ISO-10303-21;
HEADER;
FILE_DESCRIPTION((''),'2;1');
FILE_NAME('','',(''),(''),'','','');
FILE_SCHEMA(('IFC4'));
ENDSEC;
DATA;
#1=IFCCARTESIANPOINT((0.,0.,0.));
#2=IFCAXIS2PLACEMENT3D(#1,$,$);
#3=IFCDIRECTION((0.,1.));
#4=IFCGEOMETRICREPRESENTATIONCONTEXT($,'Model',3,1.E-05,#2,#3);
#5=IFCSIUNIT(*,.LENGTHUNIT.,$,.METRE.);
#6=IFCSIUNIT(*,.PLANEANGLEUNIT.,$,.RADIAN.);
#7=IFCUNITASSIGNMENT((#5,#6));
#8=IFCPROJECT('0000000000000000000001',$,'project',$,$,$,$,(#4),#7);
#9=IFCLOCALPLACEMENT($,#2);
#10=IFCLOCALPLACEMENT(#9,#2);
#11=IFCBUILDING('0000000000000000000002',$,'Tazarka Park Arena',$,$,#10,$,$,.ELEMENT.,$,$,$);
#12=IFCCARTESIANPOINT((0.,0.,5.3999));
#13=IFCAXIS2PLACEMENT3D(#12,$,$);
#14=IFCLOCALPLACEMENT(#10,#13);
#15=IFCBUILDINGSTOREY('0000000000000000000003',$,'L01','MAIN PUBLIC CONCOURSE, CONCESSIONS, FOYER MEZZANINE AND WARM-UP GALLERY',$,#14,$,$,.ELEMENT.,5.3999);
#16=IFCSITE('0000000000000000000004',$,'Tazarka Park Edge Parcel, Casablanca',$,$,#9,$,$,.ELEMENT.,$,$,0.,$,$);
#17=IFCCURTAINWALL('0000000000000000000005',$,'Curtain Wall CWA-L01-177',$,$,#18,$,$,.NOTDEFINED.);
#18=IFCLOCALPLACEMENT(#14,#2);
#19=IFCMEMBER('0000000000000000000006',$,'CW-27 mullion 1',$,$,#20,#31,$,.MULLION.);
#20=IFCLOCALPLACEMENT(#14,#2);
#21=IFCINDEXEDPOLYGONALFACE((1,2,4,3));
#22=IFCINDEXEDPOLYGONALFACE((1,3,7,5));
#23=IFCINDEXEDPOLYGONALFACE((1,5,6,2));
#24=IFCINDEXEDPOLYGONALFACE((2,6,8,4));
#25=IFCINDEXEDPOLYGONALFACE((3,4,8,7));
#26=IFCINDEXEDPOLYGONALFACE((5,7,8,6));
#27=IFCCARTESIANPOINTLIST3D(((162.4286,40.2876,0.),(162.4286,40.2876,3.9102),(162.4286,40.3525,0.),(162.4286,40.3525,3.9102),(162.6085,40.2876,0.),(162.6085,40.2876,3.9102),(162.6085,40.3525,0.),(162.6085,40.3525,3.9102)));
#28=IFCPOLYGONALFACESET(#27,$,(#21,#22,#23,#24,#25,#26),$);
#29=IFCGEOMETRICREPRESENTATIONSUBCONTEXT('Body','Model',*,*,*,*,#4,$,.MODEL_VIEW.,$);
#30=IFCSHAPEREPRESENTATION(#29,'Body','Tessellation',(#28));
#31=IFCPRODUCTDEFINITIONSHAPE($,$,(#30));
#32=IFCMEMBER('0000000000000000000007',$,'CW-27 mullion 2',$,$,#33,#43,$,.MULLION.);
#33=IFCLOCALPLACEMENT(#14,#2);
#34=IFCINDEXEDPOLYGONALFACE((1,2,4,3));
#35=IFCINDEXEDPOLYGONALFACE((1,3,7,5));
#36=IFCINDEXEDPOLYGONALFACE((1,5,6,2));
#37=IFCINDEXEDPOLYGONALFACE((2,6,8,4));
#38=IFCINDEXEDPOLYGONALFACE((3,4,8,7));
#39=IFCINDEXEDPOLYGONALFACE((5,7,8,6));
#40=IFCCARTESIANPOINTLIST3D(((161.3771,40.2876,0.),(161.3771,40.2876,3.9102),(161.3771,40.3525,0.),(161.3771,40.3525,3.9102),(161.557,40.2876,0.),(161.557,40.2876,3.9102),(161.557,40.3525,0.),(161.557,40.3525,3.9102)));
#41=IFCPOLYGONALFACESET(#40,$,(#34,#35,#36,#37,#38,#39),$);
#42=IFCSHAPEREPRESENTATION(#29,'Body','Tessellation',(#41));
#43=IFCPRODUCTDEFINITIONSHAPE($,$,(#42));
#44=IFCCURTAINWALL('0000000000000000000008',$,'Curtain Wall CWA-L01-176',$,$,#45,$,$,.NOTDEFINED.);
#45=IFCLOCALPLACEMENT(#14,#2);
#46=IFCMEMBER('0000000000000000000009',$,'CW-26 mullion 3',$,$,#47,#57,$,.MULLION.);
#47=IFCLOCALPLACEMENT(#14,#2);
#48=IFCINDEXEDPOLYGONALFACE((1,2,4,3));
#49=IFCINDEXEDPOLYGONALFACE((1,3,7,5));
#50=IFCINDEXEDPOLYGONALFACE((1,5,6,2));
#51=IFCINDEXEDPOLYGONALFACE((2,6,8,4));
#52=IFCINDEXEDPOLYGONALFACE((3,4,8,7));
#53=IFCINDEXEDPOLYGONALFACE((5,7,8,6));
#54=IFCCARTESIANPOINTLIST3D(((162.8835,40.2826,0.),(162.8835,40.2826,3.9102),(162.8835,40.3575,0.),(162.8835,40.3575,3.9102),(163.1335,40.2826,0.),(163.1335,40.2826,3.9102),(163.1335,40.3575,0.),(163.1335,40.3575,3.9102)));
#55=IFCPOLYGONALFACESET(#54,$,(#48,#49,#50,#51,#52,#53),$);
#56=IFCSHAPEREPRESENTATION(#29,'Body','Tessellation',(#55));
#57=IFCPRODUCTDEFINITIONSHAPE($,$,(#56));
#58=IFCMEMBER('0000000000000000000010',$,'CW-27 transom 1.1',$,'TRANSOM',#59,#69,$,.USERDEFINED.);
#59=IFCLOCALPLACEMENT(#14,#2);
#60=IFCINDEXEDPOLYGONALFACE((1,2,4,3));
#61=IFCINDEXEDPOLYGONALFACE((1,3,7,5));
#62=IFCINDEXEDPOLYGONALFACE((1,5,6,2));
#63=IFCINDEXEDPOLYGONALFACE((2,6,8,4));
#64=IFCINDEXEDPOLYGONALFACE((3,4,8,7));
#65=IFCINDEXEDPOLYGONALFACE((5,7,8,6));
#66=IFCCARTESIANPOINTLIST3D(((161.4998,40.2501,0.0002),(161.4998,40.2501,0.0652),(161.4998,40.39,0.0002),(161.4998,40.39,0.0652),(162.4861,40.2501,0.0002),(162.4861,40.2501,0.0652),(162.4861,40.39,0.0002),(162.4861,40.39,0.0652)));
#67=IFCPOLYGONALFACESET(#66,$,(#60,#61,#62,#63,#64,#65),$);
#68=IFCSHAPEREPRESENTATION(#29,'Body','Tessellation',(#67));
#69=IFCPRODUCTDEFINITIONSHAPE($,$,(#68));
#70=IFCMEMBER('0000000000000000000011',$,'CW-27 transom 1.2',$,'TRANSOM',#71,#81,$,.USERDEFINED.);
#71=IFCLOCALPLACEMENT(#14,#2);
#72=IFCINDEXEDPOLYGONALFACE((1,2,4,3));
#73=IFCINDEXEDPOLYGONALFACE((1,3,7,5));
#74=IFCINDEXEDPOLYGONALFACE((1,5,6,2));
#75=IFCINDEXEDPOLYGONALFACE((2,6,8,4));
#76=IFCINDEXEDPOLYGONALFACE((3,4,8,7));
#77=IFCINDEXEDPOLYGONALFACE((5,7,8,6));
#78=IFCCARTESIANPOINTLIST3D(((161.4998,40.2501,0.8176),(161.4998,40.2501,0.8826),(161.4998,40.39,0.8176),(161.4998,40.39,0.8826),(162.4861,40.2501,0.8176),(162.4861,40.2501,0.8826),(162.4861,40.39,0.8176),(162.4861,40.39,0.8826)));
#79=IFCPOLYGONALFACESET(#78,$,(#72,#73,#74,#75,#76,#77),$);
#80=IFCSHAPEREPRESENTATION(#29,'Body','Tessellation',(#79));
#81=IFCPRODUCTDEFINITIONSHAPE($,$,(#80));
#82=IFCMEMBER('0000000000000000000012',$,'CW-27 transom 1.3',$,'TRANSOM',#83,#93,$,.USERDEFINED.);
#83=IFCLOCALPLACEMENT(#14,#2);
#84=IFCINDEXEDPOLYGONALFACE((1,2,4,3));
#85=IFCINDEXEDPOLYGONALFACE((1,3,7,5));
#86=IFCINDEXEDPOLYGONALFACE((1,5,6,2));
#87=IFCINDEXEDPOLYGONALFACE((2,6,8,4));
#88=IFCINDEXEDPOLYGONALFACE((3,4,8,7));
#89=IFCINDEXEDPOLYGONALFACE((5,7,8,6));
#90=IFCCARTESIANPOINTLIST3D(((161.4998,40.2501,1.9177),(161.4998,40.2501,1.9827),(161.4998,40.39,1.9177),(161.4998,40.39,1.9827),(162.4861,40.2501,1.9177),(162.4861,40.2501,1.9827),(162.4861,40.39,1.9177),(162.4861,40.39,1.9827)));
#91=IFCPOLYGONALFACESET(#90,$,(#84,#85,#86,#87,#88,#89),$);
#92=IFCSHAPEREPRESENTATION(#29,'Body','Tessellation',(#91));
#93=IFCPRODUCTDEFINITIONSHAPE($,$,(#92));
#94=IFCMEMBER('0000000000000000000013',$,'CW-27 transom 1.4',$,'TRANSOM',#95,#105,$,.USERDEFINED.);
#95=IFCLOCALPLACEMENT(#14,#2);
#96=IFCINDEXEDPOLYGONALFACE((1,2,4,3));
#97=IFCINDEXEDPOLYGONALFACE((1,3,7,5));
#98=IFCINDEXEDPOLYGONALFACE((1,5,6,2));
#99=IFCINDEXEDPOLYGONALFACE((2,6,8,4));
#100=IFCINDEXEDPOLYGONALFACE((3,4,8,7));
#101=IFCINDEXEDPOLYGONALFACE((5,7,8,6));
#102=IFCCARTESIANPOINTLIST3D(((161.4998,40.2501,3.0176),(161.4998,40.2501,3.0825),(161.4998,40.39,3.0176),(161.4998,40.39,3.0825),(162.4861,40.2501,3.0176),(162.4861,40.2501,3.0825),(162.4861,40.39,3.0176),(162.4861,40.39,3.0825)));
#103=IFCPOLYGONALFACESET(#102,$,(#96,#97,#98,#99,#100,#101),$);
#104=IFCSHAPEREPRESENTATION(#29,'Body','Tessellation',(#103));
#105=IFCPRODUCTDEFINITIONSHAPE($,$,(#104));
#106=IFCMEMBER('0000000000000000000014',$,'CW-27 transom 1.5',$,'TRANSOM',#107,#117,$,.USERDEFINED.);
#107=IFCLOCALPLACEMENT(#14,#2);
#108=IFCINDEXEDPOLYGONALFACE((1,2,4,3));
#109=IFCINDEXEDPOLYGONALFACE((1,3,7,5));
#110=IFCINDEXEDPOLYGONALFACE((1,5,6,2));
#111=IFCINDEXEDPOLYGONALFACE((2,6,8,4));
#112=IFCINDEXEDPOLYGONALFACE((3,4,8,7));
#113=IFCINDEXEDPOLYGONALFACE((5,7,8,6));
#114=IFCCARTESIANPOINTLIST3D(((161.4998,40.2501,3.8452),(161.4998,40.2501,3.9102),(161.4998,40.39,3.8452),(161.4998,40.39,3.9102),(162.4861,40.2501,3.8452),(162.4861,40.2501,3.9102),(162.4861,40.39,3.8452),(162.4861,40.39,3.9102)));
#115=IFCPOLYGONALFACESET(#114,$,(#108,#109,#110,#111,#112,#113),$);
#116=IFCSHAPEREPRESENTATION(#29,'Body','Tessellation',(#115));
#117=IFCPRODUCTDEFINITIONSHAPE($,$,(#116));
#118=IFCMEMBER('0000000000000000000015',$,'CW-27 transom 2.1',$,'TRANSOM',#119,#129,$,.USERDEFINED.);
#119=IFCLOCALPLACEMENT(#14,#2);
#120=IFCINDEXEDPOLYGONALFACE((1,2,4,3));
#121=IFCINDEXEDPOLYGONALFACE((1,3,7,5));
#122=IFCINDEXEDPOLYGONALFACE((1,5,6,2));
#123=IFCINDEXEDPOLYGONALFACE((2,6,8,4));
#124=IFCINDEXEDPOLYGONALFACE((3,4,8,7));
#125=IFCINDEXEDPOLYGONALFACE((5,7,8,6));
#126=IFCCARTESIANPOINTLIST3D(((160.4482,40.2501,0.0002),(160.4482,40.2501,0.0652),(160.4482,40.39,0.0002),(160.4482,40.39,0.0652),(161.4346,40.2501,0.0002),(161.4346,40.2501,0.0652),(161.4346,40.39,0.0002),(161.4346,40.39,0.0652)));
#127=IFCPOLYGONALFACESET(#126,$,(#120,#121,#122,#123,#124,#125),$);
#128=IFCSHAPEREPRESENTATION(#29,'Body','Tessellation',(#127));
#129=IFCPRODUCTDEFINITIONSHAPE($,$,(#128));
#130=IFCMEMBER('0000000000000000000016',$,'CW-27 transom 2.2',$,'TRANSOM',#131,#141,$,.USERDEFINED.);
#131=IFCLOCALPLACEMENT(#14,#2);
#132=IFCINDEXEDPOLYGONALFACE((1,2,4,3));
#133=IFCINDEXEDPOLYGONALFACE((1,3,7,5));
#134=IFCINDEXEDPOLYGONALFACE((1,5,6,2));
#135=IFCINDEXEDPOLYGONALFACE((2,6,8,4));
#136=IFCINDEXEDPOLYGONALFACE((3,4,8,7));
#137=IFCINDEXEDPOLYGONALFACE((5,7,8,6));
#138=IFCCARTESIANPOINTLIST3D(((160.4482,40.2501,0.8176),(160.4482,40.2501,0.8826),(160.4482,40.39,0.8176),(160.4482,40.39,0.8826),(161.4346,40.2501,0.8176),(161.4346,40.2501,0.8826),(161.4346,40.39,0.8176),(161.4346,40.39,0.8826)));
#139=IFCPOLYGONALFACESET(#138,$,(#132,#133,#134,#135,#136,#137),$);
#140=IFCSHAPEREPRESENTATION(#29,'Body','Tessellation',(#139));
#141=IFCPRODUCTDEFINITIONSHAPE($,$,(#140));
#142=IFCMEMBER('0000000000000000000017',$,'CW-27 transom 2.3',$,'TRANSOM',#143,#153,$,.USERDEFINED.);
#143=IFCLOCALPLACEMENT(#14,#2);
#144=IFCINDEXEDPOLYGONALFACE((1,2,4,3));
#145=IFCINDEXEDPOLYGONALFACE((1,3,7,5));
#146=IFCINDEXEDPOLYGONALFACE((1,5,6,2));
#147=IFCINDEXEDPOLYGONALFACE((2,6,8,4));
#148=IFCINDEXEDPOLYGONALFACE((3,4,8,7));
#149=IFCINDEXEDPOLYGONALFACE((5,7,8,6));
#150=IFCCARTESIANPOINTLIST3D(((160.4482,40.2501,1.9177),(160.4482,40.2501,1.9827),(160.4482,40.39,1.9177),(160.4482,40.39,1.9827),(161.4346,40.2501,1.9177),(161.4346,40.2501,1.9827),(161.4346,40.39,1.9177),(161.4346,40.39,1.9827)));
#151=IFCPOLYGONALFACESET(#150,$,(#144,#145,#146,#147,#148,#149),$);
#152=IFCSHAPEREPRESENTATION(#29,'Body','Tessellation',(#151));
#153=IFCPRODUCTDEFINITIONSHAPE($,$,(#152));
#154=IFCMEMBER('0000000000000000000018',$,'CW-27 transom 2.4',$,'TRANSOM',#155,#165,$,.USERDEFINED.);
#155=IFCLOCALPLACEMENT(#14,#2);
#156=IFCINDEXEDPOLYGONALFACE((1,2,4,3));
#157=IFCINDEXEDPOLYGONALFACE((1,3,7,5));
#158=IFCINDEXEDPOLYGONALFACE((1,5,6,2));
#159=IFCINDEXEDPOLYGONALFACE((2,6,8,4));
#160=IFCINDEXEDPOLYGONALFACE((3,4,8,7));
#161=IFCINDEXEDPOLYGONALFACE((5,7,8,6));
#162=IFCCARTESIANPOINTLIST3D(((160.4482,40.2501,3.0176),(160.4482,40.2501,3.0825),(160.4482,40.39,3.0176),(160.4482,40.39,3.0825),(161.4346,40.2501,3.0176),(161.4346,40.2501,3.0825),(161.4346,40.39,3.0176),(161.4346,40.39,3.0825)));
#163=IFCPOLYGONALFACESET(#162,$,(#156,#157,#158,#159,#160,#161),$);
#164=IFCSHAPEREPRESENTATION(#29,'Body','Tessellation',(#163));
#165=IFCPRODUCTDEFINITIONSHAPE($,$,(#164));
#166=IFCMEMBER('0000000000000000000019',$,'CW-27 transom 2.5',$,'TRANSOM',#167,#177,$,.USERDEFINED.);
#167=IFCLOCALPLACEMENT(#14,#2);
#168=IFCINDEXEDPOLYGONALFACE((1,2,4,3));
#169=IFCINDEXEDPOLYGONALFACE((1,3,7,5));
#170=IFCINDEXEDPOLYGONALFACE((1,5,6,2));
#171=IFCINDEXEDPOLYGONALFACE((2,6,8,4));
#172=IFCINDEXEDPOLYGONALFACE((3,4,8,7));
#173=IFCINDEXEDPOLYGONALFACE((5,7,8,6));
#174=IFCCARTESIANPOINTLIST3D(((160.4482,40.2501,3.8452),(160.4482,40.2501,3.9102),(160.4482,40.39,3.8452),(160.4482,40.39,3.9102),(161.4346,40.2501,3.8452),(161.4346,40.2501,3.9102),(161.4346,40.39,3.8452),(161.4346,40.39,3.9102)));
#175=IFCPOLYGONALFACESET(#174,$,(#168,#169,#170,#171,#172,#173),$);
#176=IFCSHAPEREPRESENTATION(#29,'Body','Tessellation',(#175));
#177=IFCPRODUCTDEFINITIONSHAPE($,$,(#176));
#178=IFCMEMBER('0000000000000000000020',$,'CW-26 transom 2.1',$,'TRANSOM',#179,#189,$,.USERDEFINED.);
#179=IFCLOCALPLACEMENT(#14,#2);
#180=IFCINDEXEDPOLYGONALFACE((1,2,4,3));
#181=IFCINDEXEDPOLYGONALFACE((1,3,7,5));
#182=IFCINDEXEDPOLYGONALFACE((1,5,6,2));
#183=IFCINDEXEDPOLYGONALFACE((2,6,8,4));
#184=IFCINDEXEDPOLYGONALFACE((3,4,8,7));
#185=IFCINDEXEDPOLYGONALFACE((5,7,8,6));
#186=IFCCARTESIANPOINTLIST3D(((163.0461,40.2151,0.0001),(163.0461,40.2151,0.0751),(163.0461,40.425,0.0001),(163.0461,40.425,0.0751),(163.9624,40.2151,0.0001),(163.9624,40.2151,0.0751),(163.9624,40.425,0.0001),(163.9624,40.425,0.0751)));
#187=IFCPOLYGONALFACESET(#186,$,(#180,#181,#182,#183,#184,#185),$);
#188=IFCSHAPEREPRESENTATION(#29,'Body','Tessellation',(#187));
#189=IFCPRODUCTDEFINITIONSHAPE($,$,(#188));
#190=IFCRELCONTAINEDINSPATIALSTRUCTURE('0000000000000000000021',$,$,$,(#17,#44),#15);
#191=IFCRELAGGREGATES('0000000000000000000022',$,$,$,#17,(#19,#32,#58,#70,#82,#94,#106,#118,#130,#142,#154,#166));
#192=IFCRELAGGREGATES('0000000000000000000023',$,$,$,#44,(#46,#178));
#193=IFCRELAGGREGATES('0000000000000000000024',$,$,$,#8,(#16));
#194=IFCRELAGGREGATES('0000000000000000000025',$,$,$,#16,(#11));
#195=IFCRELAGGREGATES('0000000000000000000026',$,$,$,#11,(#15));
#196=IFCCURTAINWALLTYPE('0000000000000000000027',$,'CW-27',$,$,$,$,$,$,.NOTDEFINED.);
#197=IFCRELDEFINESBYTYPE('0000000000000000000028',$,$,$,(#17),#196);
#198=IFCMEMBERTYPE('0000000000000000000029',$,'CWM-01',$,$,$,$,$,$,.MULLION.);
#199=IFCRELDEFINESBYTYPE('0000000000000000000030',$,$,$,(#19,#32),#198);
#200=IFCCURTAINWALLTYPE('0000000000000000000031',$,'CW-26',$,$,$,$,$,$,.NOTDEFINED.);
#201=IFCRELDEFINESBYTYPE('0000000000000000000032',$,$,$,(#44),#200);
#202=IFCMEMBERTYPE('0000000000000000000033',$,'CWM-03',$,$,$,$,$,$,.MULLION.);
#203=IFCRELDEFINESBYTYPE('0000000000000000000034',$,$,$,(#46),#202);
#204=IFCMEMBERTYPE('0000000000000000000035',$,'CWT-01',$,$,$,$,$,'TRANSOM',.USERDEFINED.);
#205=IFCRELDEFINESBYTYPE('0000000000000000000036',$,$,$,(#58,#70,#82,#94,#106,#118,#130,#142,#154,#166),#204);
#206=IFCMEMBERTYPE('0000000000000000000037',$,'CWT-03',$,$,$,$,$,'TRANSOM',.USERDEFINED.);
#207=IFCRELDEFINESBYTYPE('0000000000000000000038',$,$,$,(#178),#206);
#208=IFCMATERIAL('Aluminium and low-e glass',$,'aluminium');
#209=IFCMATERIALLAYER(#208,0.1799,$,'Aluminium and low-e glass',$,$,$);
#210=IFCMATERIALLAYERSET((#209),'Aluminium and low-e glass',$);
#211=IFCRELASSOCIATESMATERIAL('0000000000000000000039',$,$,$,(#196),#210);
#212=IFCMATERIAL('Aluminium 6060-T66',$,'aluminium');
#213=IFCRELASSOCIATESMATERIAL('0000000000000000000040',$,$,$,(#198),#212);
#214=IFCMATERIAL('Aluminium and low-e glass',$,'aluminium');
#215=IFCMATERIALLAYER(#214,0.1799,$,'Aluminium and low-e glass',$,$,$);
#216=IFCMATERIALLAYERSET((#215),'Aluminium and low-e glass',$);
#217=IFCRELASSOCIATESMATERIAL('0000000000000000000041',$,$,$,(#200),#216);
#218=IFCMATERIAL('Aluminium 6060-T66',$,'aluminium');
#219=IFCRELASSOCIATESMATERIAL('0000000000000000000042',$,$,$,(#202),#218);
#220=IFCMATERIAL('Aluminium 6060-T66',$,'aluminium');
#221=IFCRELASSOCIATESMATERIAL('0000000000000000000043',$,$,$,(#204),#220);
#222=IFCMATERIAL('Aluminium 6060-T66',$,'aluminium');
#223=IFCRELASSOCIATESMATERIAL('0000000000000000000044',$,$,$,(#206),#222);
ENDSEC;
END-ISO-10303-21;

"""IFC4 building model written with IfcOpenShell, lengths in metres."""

from ifc_helpers import new_model, si_unit, direction, frame, origin, origin_2d, place, context, subcontext, project, spatial, rectangle, extrude, material, layer, layer_set, material_profile, profile_set, type_object, element, aggregate, save


model = new_model("IFC4")

# Units and contexts
model_context = context("Model", 3, precision=1e-05, world=origin(), true_north=direction((0.0, 1.0)))
body_context = subcontext(model_context, "Body", "Model", "MODEL_VIEW")
ifc_project = project(units=[si_unit("LENGTHUNIT", "METRE"), si_unit("PLANEANGLEUNIT", "RADIAN")], contexts=[model_context])

# Site, building, storey
site_placement = place(None, origin())
site = spatial("IfcSite", under=ifc_project, at=site_placement, Name="Tazarka Park Edge Parcel, Casablanca", CompositionType="ELEMENT", RefElevation=0.0)
building_placement = place(site_placement, origin())
building = spatial("IfcBuilding", under=site, at=building_placement, Name="Tazarka Park Arena", CompositionType="ELEMENT")
storey_placement = place(building_placement, frame((0.0, 0.0, 5.3999)))
storey = spatial("IfcBuildingStorey", under=building, at=storey_placement, Name="L01", Description="MAIN PUBLIC CONCOURSE, CONCESSIONS, FOYER MEZZANINE AND WARM-UP GALLERY", CompositionType="ELEMENT", Elevation=5.3999)

# Curtain wall, members
ifc_material_1 = material(Name="Aluminium and low-e glass", Category="aluminium")
ifc_layer_1 = layer(ifc_material_1, 0.1799, Name="Aluminium and low-e glass")
ifc_layer_set_1 = layer_set([ifc_layer_1], Name="Aluminium and low-e glass")
curtain_wall_type_1 = type_object("IfcCurtainWallType", Name="CW-27", PredefinedType="NOTDEFINED", material=ifc_layer_set_1)
curtain_wall_1_placement = place(storey_placement, origin())
curtain_wall_1 = element("IfcCurtainWall", 1, at=curtain_wall_1_placement, inside=storey, type_object=curtain_wall_type_1, Name="Curtain Wall CWA-L01-177", PredefinedType="NOTDEFINED")
ifc_material_2 = material(Name="Aluminium 6060-T66", Category="aluminium")
ifc_material_profile_1 = material_profile(ifc_material_2, rectangle(XDim=0.0649, YDim=0.1799, at=origin_2d()), Name="Aluminium 6060-T66")
ifc_profile_set_1 = profile_set([ifc_material_profile_1], Name="Aluminium 6060-T66")
member_type_1 = type_object("IfcMemberType", Name="CWM-01", PredefinedType="MULLION", material=ifc_profile_set_1)
member_1_placement = place(storey_placement, frame((162.5186, 40.3201, 0.0), z_axis=(0.0, 0.0, 1.0), x_axis=(0.0, -1.0, 0.0)))
member_1 = element("IfcMember", 2, at=member_1_placement, type_object=member_type_1, Name="CW-27 mullion 1", PredefinedType="MULLION", context=body_context, shape_type="SweptSolid", body=[
    extrude(rectangle(XDim=0.0649, YDim=0.1799, at=origin_2d()), origin(), (0.0, 0.0, 1.0), 3.9102),
])
member_2_placement = place(storey_placement, frame((161.467, 40.3201, 0.0), z_axis=(0.0, 0.0, 1.0), x_axis=(0.0, -1.0, 0.0)))
member_2 = element("IfcMember", 3, at=member_2_placement, type_object=member_type_1, Name="CW-27 mullion 2", PredefinedType="MULLION", context=body_context, shape_type="SweptSolid", body=[
    extrude(rectangle(XDim=0.0649, YDim=0.1799, at=origin_2d()), origin(), (0.0, 0.0, 1.0), 3.9102),
])

# Curtain wall, member
ifc_material_3 = material(Name="Aluminium and low-e glass", Category="aluminium")
ifc_layer_2 = layer(ifc_material_3, 0.1799, Name="Aluminium and low-e glass")
ifc_layer_set_2 = layer_set([ifc_layer_2], Name="Aluminium and low-e glass")
curtain_wall_type_2 = type_object("IfcCurtainWallType", Name="CW-26", PredefinedType="NOTDEFINED", material=ifc_layer_set_2)
curtain_wall_2_placement = place(storey_placement, origin())
curtain_wall_2 = element("IfcCurtainWall", 4, at=curtain_wall_2_placement, inside=storey, type_object=curtain_wall_type_2, Name="Curtain Wall CWA-L01-176", PredefinedType="NOTDEFINED")
ifc_material_4 = material(Name="Aluminium 6060-T66", Category="aluminium")
ifc_material_profile_2 = material_profile(ifc_material_4, rectangle(XDim=0.075, YDim=0.25, at=origin_2d()), Name="Aluminium 6060-T66")
ifc_profile_set_2 = profile_set([ifc_material_profile_2], Name="Aluminium 6060-T66")
member_type_2 = type_object("IfcMemberType", Name="CWM-03", PredefinedType="MULLION", material=ifc_profile_set_2)
member_3_placement = place(storey_placement, frame((163.0085, 40.3201, 0.0), z_axis=(0.0, 0.0, 1.0), x_axis=(0.0, -1.0, 0.0)))
member_3 = element("IfcMember", 5, at=member_3_placement, type_object=member_type_2, Name="CW-26 mullion 3", PredefinedType="MULLION", context=body_context, shape_type="SweptSolid", body=[
    extrude(rectangle(XDim=0.075, YDim=0.25, at=origin_2d()), origin(), (0.0, 0.0, 1.0), 3.9102),
])

# Members
ifc_material_5 = material(Name="Aluminium 6060-T66", Category="aluminium")
ifc_material_profile_3 = material_profile(ifc_material_5, rectangle(XDim=0.1399, YDim=0.0649, at=origin_2d()), Name="Aluminium 6060-T66")
ifc_profile_set_3 = profile_set([ifc_material_profile_3], Name="Aluminium 6060-T66")
member_type_3 = type_object("IfcMemberType", Name="CWT-01", ElementType="TRANSOM", PredefinedType="USERDEFINED", material=ifc_profile_set_3)
member_4_placement = place(storey_placement, frame((162.4861, 40.3201, 0.0327), z_axis=(-1.0, 0.0, 0.0), x_axis=(0.0, -1.0, 0.0)))
member_4 = element("IfcMember", 6, at=member_4_placement, type_object=member_type_3, Name="CW-27 transom 1.1", ObjectType="TRANSOM", PredefinedType="USERDEFINED", context=body_context, shape_type="SweptSolid", body=[
    extrude(rectangle(XDim=0.1399, YDim=0.0649, at=origin_2d()), origin(), (0.0, 0.0, 1.0), 0.9863),
])
member_5_placement = place(storey_placement, frame((162.4861, 40.3201, 0.8501), z_axis=(-1.0, 0.0, 0.0), x_axis=(0.0, -1.0, 0.0)))
member_5 = element("IfcMember", 7, at=member_5_placement, type_object=member_type_3, Name="CW-27 transom 1.2", ObjectType="TRANSOM", PredefinedType="USERDEFINED", context=body_context, shape_type="SweptSolid", body=[
    extrude(rectangle(XDim=0.1399, YDim=0.0649, at=origin_2d()), origin(), (0.0, 0.0, 1.0), 0.9863),
])
member_6_placement = place(storey_placement, frame((162.4861, 40.3201, 1.9502), z_axis=(-1.0, 0.0, 0.0), x_axis=(0.0, -1.0, 0.0)))
member_6 = element("IfcMember", 8, at=member_6_placement, type_object=member_type_3, Name="CW-27 transom 1.3", ObjectType="TRANSOM", PredefinedType="USERDEFINED", context=body_context, shape_type="SweptSolid", body=[
    extrude(rectangle(XDim=0.1399, YDim=0.0649, at=origin_2d()), origin(), (0.0, 0.0, 1.0), 0.9863),
])
member_7_placement = place(storey_placement, frame((162.4861, 40.3201, 3.05), z_axis=(-1.0, 0.0, 0.0), x_axis=(0.0, -1.0, 0.0)))
member_7 = element("IfcMember", 9, at=member_7_placement, type_object=member_type_3, Name="CW-27 transom 1.4", ObjectType="TRANSOM", PredefinedType="USERDEFINED", context=body_context, shape_type="SweptSolid", body=[
    extrude(rectangle(XDim=0.1399, YDim=0.0649, at=origin_2d()), origin(), (0.0, 0.0, 1.0), 0.9863),
])
member_8_placement = place(storey_placement, frame((162.4861, 40.3201, 3.8777), z_axis=(-1.0, 0.0, 0.0), x_axis=(0.0, -1.0, 0.0)))
member_8 = element("IfcMember", 10, at=member_8_placement, type_object=member_type_3, Name="CW-27 transom 1.5", ObjectType="TRANSOM", PredefinedType="USERDEFINED", context=body_context, shape_type="SweptSolid", body=[
    extrude(rectangle(XDim=0.1399, YDim=0.0649, at=origin_2d()), origin(), (0.0, 0.0, 1.0), 0.9863),
])
member_9_placement = place(storey_placement, frame((161.4346, 40.3201, 0.0327), z_axis=(-1.0, 0.0, 0.0), x_axis=(0.0, -1.0, 0.0)))
member_9 = element("IfcMember", 11, at=member_9_placement, type_object=member_type_3, Name="CW-27 transom 2.1", ObjectType="TRANSOM", PredefinedType="USERDEFINED", context=body_context, shape_type="SweptSolid", body=[
    extrude(rectangle(XDim=0.1399, YDim=0.0649, at=origin_2d()), origin(), (0.0, 0.0, 1.0), 0.9863),
])
member_10_placement = place(storey_placement, frame((161.4346, 40.3201, 0.8501), z_axis=(-1.0, 0.0, 0.0), x_axis=(0.0, -1.0, 0.0)))
member_10 = element("IfcMember", 12, at=member_10_placement, type_object=member_type_3, Name="CW-27 transom 2.2", ObjectType="TRANSOM", PredefinedType="USERDEFINED", context=body_context, shape_type="SweptSolid", body=[
    extrude(rectangle(XDim=0.1399, YDim=0.0649, at=origin_2d()), origin(), (0.0, 0.0, 1.0), 0.9863),
])
member_11_placement = place(storey_placement, frame((161.4346, 40.3201, 1.9502), z_axis=(-1.0, 0.0, 0.0), x_axis=(0.0, -1.0, 0.0)))
member_11 = element("IfcMember", 13, at=member_11_placement, type_object=member_type_3, Name="CW-27 transom 2.3", ObjectType="TRANSOM", PredefinedType="USERDEFINED", context=body_context, shape_type="SweptSolid", body=[
    extrude(rectangle(XDim=0.1399, YDim=0.0649, at=origin_2d()), origin(), (0.0, 0.0, 1.0), 0.9863),
])
member_12_placement = place(storey_placement, frame((161.4346, 40.3201, 3.05), z_axis=(-1.0, 0.0, 0.0), x_axis=(0.0, -1.0, 0.0)))
member_12 = element("IfcMember", 14, at=member_12_placement, type_object=member_type_3, Name="CW-27 transom 2.4", ObjectType="TRANSOM", PredefinedType="USERDEFINED", context=body_context, shape_type="SweptSolid", body=[
    extrude(rectangle(XDim=0.1399, YDim=0.0649, at=origin_2d()), origin(), (0.0, 0.0, 1.0), 0.9863),
])
member_13_placement = place(storey_placement, frame((161.4346, 40.3201, 3.8777), z_axis=(-1.0, 0.0, 0.0), x_axis=(0.0, -1.0, 0.0)))
member_13 = element("IfcMember", 15, at=member_13_placement, type_object=member_type_3, Name="CW-27 transom 2.5", ObjectType="TRANSOM", PredefinedType="USERDEFINED", context=body_context, shape_type="SweptSolid", body=[
    extrude(rectangle(XDim=0.1399, YDim=0.0649, at=origin_2d()), origin(), (0.0, 0.0, 1.0), 0.9863),
])
ifc_material_6 = material(Name="Aluminium 6060-T66", Category="aluminium")
ifc_material_profile_4 = material_profile(ifc_material_6, rectangle(XDim=0.21, YDim=0.075, at=origin_2d()), Name="Aluminium 6060-T66")
ifc_profile_set_4 = profile_set([ifc_material_profile_4], Name="Aluminium 6060-T66")
member_type_4 = type_object("IfcMemberType", Name="CWT-03", ElementType="TRANSOM", PredefinedType="USERDEFINED", material=ifc_profile_set_4)
member_14_placement = place(storey_placement, frame((163.9624, 40.3201, 0.0376), z_axis=(-1.0, 0.0, 0.0), x_axis=(0.0, -1.0, 0.0)))
member_14 = element("IfcMember", 16, at=member_14_placement, type_object=member_type_4, Name="CW-26 transom 2.1", ObjectType="TRANSOM", PredefinedType="USERDEFINED", context=body_context, shape_type="SweptSolid", body=[
    extrude(rectangle(XDim=0.21, YDim=0.075, at=origin_2d()), origin(), (0.0, 0.0, 1.0), 0.9163),
])

aggregate(curtain_wall_1, [member_1, member_2, member_4, member_5, member_6, member_7, member_8, member_9, member_10, member_11, member_12, member_13])
aggregate(curtain_wall_2, [member_3, member_14])

save(model, "model.ifc")
